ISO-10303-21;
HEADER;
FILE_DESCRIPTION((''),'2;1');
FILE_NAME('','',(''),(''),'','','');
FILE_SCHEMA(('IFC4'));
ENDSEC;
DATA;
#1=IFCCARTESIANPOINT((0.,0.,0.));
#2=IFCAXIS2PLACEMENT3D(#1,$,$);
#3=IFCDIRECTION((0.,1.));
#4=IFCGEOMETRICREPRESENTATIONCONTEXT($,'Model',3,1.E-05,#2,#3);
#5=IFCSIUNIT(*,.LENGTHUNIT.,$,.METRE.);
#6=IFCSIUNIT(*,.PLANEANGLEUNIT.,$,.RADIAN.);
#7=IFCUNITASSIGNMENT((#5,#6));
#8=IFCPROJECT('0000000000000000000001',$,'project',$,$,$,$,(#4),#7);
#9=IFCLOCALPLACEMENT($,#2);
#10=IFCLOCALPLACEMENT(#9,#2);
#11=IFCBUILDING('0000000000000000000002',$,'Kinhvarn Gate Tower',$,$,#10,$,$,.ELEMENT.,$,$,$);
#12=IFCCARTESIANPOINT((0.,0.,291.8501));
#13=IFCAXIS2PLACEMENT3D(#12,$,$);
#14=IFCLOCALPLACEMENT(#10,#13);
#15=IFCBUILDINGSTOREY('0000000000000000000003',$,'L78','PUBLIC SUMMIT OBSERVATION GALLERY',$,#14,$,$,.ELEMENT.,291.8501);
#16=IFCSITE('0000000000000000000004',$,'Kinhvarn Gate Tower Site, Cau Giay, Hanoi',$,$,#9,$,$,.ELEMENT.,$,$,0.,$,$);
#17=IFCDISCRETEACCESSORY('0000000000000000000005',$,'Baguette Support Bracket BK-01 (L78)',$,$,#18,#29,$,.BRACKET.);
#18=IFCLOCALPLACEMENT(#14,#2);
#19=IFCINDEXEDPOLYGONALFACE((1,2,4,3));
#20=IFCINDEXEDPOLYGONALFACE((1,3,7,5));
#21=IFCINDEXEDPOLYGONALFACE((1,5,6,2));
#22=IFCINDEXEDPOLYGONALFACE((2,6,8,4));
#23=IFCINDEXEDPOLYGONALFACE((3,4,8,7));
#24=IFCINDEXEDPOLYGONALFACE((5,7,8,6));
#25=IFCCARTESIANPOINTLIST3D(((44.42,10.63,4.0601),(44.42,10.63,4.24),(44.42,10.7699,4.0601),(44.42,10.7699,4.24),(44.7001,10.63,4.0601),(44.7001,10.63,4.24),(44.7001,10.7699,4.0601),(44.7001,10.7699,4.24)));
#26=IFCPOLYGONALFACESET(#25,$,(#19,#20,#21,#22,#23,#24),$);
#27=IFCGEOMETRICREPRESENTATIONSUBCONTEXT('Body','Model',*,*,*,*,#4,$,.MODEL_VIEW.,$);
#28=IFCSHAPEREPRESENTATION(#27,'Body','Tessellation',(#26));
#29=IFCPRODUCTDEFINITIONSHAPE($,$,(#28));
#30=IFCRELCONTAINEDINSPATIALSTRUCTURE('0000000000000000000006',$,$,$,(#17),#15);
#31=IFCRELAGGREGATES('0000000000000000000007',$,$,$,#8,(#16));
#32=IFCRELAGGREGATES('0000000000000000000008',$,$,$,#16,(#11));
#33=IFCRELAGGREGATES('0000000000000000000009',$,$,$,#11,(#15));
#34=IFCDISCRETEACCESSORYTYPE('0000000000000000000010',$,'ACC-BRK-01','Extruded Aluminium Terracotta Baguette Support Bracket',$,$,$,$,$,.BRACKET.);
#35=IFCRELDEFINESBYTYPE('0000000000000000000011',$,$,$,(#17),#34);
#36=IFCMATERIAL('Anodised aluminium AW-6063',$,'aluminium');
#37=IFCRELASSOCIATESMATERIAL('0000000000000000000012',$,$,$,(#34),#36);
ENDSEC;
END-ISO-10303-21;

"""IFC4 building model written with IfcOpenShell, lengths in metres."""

from ifc_helpers import new_model, si_unit, direction, frame, origin, origin_2d, place, context, subcontext, project, spatial, rectangle, extrude, material, type_object, element, save


model = new_model("IFC4")

# Units and contexts
model_context = context("Model", 3, precision=1e-05, world=origin(), true_north=direction((0.0, 1.0)))
body_context = subcontext(model_context, "Body", "Model", "MODEL_VIEW")
ifc_project = project(units=[si_unit("LENGTHUNIT", "METRE"), si_unit("PLANEANGLEUNIT", "RADIAN")], contexts=[model_context])

# Site, building, storey
site_placement = place(None, origin())
site = spatial("IfcSite", under=ifc_project, at=site_placement, Name="Kinhvarn Gate Tower Site, Cau Giay, Hanoi", CompositionType="ELEMENT", RefElevation=0.0)
building_placement = place(site_placement, origin())
building = spatial("IfcBuilding", under=site, at=building_placement, Name="Kinhvarn Gate Tower", CompositionType="ELEMENT")
storey_placement = place(building_placement, frame((0.0, 0.0, 291.8501)))
storey = spatial("IfcBuildingStorey", under=building, at=storey_placement, Name="L78", Description="PUBLIC SUMMIT OBSERVATION GALLERY", CompositionType="ELEMENT", Elevation=291.8501)

# Shared definitions
ifc_material_1 = material(Name="Anodised aluminium AW-6063", Category="aluminium")

# Discrete accessory
discrete_accessory_type = type_object("IfcDiscreteAccessoryType", Name="ACC-BRK-01", Description="Extruded Aluminium Terracotta Baguette Support Bracket", PredefinedType="BRACKET", material=ifc_material_1)
discrete_accessory_placement = place(storey_placement, frame((44.5601, 10.7, 4.0601), z_axis=(0.0, 0.0, 1.0), x_axis=(0.0, 1.0, 0.0)))
element("IfcDiscreteAccessory", 1, at=discrete_accessory_placement, inside=storey, type_object=discrete_accessory_type, Name="Baguette Support Bracket BK-01 (L78)", PredefinedType="BRACKET", context=body_context, shape_type="SweptSolid", body=[
    extrude(rectangle(XDim=0.1399, YDim=0.28, at=origin_2d()), origin(), (0.0, 0.0, 1.0), 0.1799),
])

save(model, "model.ifc")
